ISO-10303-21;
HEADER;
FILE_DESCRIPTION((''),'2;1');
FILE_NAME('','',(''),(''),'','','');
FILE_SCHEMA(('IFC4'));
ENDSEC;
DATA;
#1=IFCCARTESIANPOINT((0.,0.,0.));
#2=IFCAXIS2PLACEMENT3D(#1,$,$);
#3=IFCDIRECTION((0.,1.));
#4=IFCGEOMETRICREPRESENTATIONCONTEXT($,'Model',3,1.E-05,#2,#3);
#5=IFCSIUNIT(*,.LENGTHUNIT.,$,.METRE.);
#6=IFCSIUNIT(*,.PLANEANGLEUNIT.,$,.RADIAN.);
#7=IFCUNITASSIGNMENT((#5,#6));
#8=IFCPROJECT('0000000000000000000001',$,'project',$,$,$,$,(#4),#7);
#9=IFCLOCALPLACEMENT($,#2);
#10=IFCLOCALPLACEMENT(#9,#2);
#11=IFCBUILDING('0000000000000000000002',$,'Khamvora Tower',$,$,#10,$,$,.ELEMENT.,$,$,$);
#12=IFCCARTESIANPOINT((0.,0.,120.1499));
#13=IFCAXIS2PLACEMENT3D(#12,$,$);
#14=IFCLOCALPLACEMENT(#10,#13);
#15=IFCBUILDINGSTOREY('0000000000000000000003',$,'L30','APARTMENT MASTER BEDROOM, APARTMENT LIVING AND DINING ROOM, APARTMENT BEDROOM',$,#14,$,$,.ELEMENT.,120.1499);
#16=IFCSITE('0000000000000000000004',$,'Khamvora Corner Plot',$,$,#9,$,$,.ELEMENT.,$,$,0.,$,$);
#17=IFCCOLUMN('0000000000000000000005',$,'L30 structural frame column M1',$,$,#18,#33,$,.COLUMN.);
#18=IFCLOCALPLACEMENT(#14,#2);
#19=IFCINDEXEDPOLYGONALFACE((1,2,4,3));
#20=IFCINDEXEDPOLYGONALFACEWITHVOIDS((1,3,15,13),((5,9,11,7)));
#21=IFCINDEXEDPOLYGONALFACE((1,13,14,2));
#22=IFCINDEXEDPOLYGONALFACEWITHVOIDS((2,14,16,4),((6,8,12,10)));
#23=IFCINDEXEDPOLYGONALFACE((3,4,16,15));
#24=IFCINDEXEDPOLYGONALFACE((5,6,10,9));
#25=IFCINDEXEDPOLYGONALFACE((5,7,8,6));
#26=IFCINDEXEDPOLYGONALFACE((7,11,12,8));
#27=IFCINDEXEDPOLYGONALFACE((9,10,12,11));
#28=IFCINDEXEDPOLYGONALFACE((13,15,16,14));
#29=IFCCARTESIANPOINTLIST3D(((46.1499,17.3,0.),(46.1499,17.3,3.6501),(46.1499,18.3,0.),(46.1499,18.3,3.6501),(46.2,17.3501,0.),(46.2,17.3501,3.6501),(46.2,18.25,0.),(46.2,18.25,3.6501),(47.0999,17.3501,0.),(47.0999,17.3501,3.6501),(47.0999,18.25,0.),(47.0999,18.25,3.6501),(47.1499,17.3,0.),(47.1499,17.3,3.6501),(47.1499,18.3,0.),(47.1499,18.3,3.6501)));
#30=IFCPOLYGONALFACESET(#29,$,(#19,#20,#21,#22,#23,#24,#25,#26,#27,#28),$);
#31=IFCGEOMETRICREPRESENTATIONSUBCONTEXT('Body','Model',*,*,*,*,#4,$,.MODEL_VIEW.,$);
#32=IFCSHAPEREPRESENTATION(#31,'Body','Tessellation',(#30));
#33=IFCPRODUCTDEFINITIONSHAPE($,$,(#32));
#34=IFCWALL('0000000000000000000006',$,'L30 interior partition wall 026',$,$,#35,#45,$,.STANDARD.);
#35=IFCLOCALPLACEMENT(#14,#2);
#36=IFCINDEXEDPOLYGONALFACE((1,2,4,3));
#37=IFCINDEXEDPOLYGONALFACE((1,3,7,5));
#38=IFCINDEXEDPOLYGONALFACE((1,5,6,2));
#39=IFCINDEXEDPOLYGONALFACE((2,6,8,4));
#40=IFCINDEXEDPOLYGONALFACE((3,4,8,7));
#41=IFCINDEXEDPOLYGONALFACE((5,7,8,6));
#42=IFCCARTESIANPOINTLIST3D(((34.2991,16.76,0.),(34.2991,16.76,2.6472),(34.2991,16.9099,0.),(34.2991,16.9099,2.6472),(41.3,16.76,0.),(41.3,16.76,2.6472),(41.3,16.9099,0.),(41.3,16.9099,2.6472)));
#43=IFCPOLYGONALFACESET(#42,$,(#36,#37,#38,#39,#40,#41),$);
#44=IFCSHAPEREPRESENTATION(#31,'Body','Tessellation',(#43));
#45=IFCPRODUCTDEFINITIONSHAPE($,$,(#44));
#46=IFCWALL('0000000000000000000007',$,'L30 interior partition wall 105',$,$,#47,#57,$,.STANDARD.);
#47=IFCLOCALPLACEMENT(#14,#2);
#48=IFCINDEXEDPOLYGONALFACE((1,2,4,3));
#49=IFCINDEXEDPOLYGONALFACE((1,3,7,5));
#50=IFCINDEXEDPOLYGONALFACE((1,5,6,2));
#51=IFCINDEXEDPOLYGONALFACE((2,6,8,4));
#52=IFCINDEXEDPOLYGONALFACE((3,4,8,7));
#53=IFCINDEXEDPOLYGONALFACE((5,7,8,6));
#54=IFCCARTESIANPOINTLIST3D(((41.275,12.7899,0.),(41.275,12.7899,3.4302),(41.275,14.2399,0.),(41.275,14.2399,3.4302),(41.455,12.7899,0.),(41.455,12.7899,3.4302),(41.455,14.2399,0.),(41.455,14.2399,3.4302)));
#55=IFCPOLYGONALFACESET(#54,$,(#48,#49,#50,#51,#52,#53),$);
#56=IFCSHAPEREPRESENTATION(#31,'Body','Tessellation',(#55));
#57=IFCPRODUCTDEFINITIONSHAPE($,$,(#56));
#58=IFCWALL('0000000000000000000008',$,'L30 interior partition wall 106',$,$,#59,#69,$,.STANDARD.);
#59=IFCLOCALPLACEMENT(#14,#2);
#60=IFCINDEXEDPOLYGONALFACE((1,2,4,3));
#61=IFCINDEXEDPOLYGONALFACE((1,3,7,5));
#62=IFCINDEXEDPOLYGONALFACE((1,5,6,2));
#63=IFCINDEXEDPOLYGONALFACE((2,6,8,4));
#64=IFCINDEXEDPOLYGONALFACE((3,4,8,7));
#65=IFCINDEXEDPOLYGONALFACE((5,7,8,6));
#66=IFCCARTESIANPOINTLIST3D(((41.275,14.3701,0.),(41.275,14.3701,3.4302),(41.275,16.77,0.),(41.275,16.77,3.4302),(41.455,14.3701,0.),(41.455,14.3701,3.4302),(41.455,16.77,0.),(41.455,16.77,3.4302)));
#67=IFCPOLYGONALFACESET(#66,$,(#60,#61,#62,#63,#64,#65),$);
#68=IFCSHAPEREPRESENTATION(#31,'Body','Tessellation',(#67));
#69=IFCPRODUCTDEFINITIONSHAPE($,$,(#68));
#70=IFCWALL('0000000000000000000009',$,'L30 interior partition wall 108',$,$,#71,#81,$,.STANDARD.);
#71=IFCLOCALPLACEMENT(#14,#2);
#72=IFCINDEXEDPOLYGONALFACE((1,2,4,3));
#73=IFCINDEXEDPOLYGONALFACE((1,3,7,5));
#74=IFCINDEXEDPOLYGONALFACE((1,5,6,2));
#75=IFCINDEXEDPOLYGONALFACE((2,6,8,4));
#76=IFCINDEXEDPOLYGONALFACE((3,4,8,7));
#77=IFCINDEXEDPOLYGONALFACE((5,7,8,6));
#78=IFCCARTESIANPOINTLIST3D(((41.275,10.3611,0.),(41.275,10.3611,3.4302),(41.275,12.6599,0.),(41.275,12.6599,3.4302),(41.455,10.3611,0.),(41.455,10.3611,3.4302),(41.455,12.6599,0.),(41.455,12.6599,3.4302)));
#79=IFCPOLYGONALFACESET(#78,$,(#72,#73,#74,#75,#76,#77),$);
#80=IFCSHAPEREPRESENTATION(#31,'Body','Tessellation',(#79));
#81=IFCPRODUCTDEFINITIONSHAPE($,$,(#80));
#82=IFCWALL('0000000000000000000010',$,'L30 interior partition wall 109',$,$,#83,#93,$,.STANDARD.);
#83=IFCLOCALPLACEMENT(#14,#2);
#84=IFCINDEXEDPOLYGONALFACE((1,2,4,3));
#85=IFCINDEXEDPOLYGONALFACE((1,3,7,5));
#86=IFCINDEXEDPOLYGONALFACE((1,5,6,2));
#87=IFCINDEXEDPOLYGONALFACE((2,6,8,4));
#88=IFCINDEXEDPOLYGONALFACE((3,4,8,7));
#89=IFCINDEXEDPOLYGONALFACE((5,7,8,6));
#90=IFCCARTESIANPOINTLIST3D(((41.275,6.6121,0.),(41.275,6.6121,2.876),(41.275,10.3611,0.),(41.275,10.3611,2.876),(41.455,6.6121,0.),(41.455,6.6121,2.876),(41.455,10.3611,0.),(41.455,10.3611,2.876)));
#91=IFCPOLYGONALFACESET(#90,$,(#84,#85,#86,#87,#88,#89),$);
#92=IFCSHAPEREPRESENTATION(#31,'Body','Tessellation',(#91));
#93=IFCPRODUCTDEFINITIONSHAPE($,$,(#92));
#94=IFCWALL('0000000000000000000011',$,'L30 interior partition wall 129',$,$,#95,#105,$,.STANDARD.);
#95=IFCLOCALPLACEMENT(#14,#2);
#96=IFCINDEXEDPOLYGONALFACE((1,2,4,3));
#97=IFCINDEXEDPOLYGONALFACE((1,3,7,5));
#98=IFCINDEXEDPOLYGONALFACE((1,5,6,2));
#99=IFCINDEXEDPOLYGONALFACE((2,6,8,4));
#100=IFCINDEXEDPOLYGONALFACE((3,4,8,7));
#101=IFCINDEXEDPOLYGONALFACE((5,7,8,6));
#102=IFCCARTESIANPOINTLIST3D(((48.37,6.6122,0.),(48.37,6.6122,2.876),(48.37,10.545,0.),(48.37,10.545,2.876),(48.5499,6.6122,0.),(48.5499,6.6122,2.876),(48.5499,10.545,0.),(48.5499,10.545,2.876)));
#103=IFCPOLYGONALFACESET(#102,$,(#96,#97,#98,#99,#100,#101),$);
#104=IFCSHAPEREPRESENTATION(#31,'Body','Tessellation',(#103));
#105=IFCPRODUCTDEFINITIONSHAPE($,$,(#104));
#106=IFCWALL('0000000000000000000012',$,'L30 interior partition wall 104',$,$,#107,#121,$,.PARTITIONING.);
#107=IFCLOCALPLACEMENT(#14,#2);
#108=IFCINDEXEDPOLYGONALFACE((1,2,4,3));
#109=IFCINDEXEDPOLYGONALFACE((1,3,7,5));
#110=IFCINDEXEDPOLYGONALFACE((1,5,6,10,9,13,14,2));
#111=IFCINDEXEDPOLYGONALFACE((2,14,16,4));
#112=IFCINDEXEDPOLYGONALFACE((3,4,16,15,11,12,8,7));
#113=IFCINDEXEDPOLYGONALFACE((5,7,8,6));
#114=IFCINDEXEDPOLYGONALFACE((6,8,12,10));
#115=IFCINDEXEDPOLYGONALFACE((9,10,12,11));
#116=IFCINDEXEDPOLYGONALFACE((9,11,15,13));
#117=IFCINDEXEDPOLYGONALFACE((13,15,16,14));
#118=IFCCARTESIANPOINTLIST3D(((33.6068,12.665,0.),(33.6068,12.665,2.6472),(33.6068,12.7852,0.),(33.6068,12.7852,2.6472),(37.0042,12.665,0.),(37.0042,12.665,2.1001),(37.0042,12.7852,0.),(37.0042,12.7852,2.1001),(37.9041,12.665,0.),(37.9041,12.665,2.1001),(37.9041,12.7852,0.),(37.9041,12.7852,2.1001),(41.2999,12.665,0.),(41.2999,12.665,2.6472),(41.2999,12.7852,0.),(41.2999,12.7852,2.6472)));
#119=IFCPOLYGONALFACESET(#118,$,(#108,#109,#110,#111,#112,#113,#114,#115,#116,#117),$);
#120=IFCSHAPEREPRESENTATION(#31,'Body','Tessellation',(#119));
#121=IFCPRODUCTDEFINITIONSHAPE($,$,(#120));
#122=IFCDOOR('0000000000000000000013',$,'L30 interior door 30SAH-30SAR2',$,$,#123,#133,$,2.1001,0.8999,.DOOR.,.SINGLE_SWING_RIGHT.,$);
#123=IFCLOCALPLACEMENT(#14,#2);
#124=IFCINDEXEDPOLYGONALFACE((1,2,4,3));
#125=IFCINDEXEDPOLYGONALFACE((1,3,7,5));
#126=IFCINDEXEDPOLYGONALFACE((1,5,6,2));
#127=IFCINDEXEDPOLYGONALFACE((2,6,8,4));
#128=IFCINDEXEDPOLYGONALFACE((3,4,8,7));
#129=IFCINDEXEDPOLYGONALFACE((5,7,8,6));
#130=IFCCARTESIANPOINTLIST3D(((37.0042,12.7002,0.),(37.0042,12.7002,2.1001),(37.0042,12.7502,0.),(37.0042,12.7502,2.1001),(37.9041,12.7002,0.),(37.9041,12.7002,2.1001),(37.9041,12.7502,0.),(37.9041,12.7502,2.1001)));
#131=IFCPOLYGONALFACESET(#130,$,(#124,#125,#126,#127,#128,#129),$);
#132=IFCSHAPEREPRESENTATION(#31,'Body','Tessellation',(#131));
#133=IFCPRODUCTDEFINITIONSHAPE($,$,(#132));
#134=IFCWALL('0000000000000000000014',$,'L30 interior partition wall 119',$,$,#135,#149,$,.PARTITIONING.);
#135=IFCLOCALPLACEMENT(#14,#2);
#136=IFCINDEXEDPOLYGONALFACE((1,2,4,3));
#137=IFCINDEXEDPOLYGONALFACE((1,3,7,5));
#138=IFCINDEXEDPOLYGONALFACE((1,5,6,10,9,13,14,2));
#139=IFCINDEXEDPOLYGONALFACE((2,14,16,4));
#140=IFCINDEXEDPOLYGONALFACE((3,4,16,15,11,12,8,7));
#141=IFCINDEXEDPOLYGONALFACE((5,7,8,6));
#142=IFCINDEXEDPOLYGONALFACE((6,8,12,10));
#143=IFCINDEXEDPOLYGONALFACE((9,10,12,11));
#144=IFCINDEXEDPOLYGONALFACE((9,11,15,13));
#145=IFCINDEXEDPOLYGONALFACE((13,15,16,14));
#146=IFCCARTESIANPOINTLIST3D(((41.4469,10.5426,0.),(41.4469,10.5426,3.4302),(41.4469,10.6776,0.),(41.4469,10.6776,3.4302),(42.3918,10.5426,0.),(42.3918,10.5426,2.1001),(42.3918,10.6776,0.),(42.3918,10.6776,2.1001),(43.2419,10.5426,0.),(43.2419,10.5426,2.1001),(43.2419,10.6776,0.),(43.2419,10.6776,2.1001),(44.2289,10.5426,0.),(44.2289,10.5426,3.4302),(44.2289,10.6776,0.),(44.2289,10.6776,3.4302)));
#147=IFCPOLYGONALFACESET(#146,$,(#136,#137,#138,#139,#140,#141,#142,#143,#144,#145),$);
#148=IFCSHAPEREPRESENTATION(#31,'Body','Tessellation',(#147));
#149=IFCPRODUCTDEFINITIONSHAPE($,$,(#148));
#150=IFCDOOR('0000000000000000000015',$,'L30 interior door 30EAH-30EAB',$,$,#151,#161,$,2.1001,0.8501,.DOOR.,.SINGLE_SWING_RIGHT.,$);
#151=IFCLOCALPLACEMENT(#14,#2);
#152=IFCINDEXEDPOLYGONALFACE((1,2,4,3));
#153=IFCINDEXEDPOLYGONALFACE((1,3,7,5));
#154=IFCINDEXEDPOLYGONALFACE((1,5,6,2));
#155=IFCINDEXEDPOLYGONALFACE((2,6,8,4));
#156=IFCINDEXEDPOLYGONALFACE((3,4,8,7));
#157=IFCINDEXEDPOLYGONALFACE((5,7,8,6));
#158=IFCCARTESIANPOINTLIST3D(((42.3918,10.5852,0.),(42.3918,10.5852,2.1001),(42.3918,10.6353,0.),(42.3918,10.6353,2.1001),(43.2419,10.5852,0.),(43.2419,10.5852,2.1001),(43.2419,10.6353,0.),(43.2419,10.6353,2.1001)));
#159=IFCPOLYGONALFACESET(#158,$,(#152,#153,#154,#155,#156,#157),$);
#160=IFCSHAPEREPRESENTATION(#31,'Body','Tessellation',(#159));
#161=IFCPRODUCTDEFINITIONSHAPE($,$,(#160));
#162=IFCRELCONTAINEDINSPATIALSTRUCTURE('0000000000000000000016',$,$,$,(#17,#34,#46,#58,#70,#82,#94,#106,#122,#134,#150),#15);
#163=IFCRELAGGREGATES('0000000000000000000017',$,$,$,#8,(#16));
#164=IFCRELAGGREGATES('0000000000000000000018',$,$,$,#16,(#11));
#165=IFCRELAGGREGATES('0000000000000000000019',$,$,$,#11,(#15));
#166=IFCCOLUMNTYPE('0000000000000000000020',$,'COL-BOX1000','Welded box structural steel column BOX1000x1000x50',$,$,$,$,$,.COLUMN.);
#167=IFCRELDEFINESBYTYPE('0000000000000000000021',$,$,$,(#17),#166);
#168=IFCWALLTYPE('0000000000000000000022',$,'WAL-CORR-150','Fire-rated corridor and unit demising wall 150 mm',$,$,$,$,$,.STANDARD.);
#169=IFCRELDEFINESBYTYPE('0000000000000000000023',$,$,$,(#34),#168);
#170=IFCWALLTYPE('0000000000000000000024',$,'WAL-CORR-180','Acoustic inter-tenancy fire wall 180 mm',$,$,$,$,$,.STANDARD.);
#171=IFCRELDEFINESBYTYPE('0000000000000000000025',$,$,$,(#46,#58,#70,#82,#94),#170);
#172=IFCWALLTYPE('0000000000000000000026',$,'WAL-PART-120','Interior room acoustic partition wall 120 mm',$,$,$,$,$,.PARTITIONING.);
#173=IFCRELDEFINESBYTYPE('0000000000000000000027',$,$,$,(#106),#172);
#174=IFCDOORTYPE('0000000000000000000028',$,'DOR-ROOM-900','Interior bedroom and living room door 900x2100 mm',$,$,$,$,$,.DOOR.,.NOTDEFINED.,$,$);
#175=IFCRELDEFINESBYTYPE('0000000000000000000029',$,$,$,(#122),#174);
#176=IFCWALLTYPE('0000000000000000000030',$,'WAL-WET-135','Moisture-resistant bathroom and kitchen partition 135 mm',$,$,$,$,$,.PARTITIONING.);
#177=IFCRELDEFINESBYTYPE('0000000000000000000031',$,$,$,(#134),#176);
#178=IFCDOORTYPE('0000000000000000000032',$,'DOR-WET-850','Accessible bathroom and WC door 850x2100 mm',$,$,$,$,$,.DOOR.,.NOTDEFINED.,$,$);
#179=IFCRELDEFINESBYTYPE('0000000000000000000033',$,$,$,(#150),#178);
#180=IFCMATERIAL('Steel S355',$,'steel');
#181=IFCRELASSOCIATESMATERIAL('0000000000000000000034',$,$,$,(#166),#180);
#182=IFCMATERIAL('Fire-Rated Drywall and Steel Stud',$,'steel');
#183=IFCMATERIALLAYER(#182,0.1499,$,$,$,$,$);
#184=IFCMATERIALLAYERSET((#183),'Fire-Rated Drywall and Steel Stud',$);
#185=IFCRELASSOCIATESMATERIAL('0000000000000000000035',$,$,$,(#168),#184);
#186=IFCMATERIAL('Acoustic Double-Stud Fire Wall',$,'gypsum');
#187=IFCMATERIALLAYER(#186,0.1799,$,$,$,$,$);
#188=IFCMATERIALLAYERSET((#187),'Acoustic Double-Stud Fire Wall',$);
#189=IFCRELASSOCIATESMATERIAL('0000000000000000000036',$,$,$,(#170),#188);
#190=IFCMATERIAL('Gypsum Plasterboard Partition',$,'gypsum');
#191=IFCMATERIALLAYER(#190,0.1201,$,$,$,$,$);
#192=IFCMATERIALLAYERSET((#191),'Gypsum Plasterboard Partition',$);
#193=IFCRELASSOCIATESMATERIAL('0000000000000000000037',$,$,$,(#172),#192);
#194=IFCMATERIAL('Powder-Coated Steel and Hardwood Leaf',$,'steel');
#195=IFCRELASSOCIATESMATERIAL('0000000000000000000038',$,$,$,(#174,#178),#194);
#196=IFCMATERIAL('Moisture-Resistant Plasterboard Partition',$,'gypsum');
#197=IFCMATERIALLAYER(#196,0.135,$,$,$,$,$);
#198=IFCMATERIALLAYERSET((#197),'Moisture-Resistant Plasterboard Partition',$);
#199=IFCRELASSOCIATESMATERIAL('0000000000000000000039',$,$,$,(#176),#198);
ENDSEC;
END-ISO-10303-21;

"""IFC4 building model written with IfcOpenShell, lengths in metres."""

from ifc_helpers import new_model, si_unit, direction, frame, frame_2d, origin, origin_2d, place, context, subcontext, project, spatial, rectangle, hollow_rectangle, extrude, material, layer, layer_set, material_profile, profile_set, type_object, element, fill, save


model = new_model("IFC4")

# Units and contexts
model_context = context("Model", 3, precision=1e-05, world=origin(), true_north=direction((0.0, 1.0)))
body_context = subcontext(model_context, "Body", "Model", "MODEL_VIEW")
ifc_project = project(units=[si_unit("LENGTHUNIT", "METRE"), si_unit("PLANEANGLEUNIT", "RADIAN")], contexts=[model_context])

# Site, building, storey
site_placement = place(None, origin())
site = spatial("IfcSite", under=ifc_project, at=site_placement, Name="Khamvora Corner Plot", CompositionType="ELEMENT", RefElevation=0.0)
building_placement = place(site_placement, origin())
building = spatial("IfcBuilding", under=site, at=building_placement, Name="Khamvora Tower", CompositionType="ELEMENT")
storey_placement = place(building_placement, frame((0.0, 0.0, 120.1499)))
storey = spatial("IfcBuildingStorey", under=building, at=storey_placement, Name="L30", Description="APARTMENT MASTER BEDROOM, APARTMENT LIVING AND DINING ROOM, APARTMENT BEDROOM", CompositionType="ELEMENT", Elevation=120.1499)

# Column
ifc_material_1 = material(Name="Steel S355", Category="steel")
ifc_material_profile = material_profile(ifc_material_1, hollow_rectangle(XDim=1.0, YDim=1.0, WallThickness=0.05, at=origin_2d()), Name="BOX1000x1000x50")
ifc_profile_set = profile_set([ifc_material_profile], Name="Steel S355")
column_type = type_object("IfcColumnType", Name="COL-BOX1000", Description="Welded box structural steel column BOX1000x1000x50", PredefinedType="COLUMN", material=ifc_profile_set)
column_placement = place(storey_placement, frame((46.6499, 17.8, 0.0), z_axis=(0.0, 0.0, 1.0), x_axis=(1.0, 0.0, 0.0)))
element("IfcColumn", 1, at=column_placement, inside=storey, type_object=column_type, Name="L30 structural frame column M1", PredefinedType="COLUMN", context=body_context, shape_type="SweptSolid", body=[
    extrude(hollow_rectangle(XDim=1.0, YDim=1.0, WallThickness=0.05, at=origin_2d()), origin(), (0.0, 0.0, 1.0), 3.6501),
])

# Walls
ifc_material_2 = material(Name="Fire-Rated Drywall and Steel Stud", Category="steel")
ifc_layer_1 = layer(ifc_material_2, 0.1499)
ifc_layer_set_1 = layer_set([ifc_layer_1], Name="Fire-Rated Drywall and Steel Stud")
wall_type_1 = type_object("IfcWallType", Name="WAL-CORR-150", Description="Fire-rated corridor and unit demising wall 150 mm", PredefinedType="STANDARD", material=ifc_layer_set_1)
wall_1_placement = place(storey_placement, frame((41.3, 16.835, 0.0), z_axis=(0.0, 0.0, 1.0), x_axis=(-1.0, 0.0, 0.0)))
element("IfcWall", 2, at=wall_1_placement, inside=storey, type_object=wall_type_1, Name="L30 interior partition wall 026", PredefinedType="STANDARD", context=body_context, shape_type="SweptSolid", body=[
    extrude(rectangle(XDim=7.001, YDim=0.1499, at=frame_2d((3.5005, 0.0))), origin(), (0.0, 0.0, 1.0), 2.6472),
])
ifc_material_3 = material(Name="Acoustic Double-Stud Fire Wall", Category="gypsum")
ifc_layer_2 = layer(ifc_material_3, 0.1799)
ifc_layer_set_2 = layer_set([ifc_layer_2], Name="Acoustic Double-Stud Fire Wall")
wall_type_2 = type_object("IfcWallType", Name="WAL-CORR-180", Description="Acoustic inter-tenancy fire wall 180 mm", PredefinedType="STANDARD", material=ifc_layer_set_2)
wall_2_placement = place(storey_placement, frame((41.365, 14.24, 0.0), z_axis=(0.0, 0.0, 1.0), x_axis=(0.0, -1.0, 0.0)))
element("IfcWall", 3, at=wall_2_placement, inside=storey, type_object=wall_type_2, Name="L30 interior partition wall 105", PredefinedType="STANDARD", context=body_context, shape_type="SweptSolid", body=[
    extrude(rectangle(XDim=1.45, YDim=0.1799, at=frame_2d((0.7251, 0.0))), origin(), (0.0, 0.0, 1.0), 3.4302),
])
wall_3_placement = place(storey_placement, frame((41.365, 16.77, 0.0), z_axis=(0.0, 0.0, 1.0), x_axis=(0.0, -1.0, 0.0)))
element("IfcWall", 4, at=wall_3_placement, inside=storey, type_object=wall_type_2, Name="L30 interior partition wall 106", PredefinedType="STANDARD", context=body_context, shape_type="SweptSolid", body=[
    extrude(rectangle(XDim=2.3999, YDim=0.1799, at=frame_2d((1.2, 0.0))), origin(), (0.0, 0.0, 1.0), 3.4302),
])
wall_4_placement = place(storey_placement, frame((41.365, 12.6599, 0.0), z_axis=(0.0, 0.0, 1.0), x_axis=(0.0, -1.0, 0.0)))
element("IfcWall", 5, at=wall_4_placement, inside=storey, type_object=wall_type_2, Name="L30 interior partition wall 108", PredefinedType="STANDARD", context=body_context, shape_type="SweptSolid", body=[
    extrude(rectangle(XDim=2.2988, YDim=0.1799, at=frame_2d((1.1494, 0.0))), origin(), (0.0, 0.0, 1.0), 3.4302),
])
wall_5_placement = place(storey_placement, frame((41.365, 10.3611, 0.0), z_axis=(0.0, 0.0, 1.0), x_axis=(0.0, -1.0, 0.0)))
element("IfcWall", 6, at=wall_5_placement, inside=storey, type_object=wall_type_2, Name="L30 interior partition wall 109", PredefinedType="STANDARD", context=body_context, shape_type="SweptSolid", body=[
    extrude(rectangle(XDim=3.749, YDim=0.1799, at=frame_2d((1.8745, 0.0))), origin(), (0.0, 0.0, 1.0), 2.876),
])
wall_6_placement = place(storey_placement, frame((48.46, 10.5449, 0.0), z_axis=(0.0, 0.0, 1.0), x_axis=(0.0, -1.0, 0.0)))
element("IfcWall", 7, at=wall_6_placement, inside=storey, type_object=wall_type_2, Name="L30 interior partition wall 129", PredefinedType="STANDARD", context=body_context, shape_type="SweptSolid", body=[
    extrude(rectangle(XDim=3.9329, YDim=0.1799, at=frame_2d((1.9663, 0.0))), origin(), (0.0, 0.0, 1.0), 2.876),
])

# Walls, openings, doors
ifc_material_4 = material(Name="Gypsum Plasterboard Partition", Category="gypsum")
ifc_layer_3 = layer(ifc_material_4, 0.1201)
ifc_layer_set_3 = layer_set([ifc_layer_3], Name="Gypsum Plasterboard Partition")
wall_type_3 = type_object("IfcWallType", Name="WAL-PART-120", Description="Interior room acoustic partition wall 120 mm", PredefinedType="PARTITIONING", material=ifc_layer_set_3)
wall_7_placement = place(storey_placement, frame((41.3, 12.7251, 0.0), z_axis=(0.0, 0.0, 1.0), x_axis=(-1.0, 0.0, 0.0)))
wall_7 = element("IfcWall", 8, at=wall_7_placement, inside=storey, type_object=wall_type_3, Name="L30 interior partition wall 104", PredefinedType="PARTITIONING", context=body_context, shape_type="SweptSolid", body=[
    extrude(rectangle(XDim=7.6931, YDim=0.1201, at=frame_2d((3.8467, 0.0))), origin(), (0.0, 0.0, 1.0), 2.6472),
])
opening_1_placement = place(wall_7_placement, frame((3.396, 0.0, 0.0)))
opening_1 = element("IfcOpeningElement", 9, at=opening_1_placement, cuts=wall_7, PredefinedType="OPENING", context=body_context, shape_type="SweptSolid", body=[
    extrude(rectangle(XDim=0.8999, YDim=2.1001, at=frame_2d((0.45, 1.05))), frame((0.0, 0.0701, 0.0), z_axis=(0.0, -1.0, 0.0), x_axis=(1.0, 0.0, 0.0)), (0.0, 0.0, 1.0), 0.1401),
])
ifc_material_5 = material(Name="Powder-Coated Steel and Hardwood Leaf", Category="steel")
door_type_1 = type_object("IfcDoorType", Name="DOR-ROOM-900", Description="Interior bedroom and living room door 900x2100 mm", OperationType="NOTDEFINED", PredefinedType="DOOR", material=ifc_material_5)
door_1_placement = place(opening_1_placement, origin())
door_1 = element("IfcDoor", 10, at=door_1_placement, inside=storey, type_object=door_type_1, Name="L30 interior door 30SAH-30SAR2", OperationType="SINGLE_SWING_RIGHT", OverallHeight=2.1001, OverallWidth=0.8999, PredefinedType="DOOR", context=body_context, shape_type="SweptSolid", body=[
    extrude(rectangle(XDim=0.8999, YDim=2.1001, at=frame_2d((0.45, 1.05))), frame((0.0, 0.0249, 0.0), z_axis=(0.0, -1.0, 0.0), x_axis=(1.0, 0.0, 0.0)), (0.0, 0.0, 1.0), 0.05),
])
fill(opening_1, door_1)
ifc_material_6 = material(Name="Moisture-Resistant Plasterboard Partition", Category="gypsum")
ifc_layer_4 = layer(ifc_material_6, 0.135)
ifc_layer_set_4 = layer_set([ifc_layer_4], Name="Moisture-Resistant Plasterboard Partition")
wall_type_4 = type_object("IfcWallType", Name="WAL-WET-135", Description="Moisture-resistant bathroom and kitchen partition 135 mm", PredefinedType="PARTITIONING", material=ifc_layer_set_4)
wall_8_placement = place(storey_placement, frame((44.229, 10.6101, 0.0), z_axis=(0.0, 0.0, 1.0), x_axis=(-1.0, 0.0, 0.0)))
wall_8 = element("IfcWall", 11, at=wall_8_placement, inside=storey, type_object=wall_type_4, Name="L30 interior partition wall 119", PredefinedType="PARTITIONING", context=body_context, shape_type="SweptSolid", body=[
    extrude(rectangle(XDim=2.782, YDim=0.135, at=frame_2d((1.3911, 0.0))), origin(), (0.0, 0.0, 1.0), 3.4302),
])
opening_2_placement = place(wall_8_placement, frame((0.9871, 0.0, 0.0)))
opening_2 = element("IfcOpeningElement", 12, at=opening_2_placement, cuts=wall_8, PredefinedType="OPENING", context=body_context, shape_type="SweptSolid", body=[
    extrude(rectangle(XDim=0.8501, YDim=2.1001, at=frame_2d((0.425, 1.05))), frame((0.0, 0.0774, 0.0), z_axis=(0.0, -1.0, 0.0), x_axis=(1.0, 0.0, 0.0)), (0.0, 0.0, 1.0), 0.155),
])
door_type_2 = type_object("IfcDoorType", Name="DOR-WET-850", Description="Accessible bathroom and WC door 850x2100 mm", OperationType="NOTDEFINED", PredefinedType="DOOR", material=ifc_material_5)
door_2_placement = place(opening_2_placement, origin())
door_2 = element("IfcDoor", 13, at=door_2_placement, inside=storey, type_object=door_type_2, Name="L30 interior door 30EAH-30EAB", OperationType="SINGLE_SWING_RIGHT", OverallHeight=2.1001, OverallWidth=0.8501, PredefinedType="DOOR", context=body_context, shape_type="SweptSolid", body=[
    extrude(rectangle(XDim=0.8501, YDim=2.1001, at=frame_2d((0.425, 1.05))), frame((0.0, 0.0249, 0.0), z_axis=(0.0, -1.0, 0.0), x_axis=(1.0, 0.0, 0.0)), (0.0, 0.0, 1.0), 0.05),
])
fill(opening_2, door_2)

save(model, "model.ifc")
